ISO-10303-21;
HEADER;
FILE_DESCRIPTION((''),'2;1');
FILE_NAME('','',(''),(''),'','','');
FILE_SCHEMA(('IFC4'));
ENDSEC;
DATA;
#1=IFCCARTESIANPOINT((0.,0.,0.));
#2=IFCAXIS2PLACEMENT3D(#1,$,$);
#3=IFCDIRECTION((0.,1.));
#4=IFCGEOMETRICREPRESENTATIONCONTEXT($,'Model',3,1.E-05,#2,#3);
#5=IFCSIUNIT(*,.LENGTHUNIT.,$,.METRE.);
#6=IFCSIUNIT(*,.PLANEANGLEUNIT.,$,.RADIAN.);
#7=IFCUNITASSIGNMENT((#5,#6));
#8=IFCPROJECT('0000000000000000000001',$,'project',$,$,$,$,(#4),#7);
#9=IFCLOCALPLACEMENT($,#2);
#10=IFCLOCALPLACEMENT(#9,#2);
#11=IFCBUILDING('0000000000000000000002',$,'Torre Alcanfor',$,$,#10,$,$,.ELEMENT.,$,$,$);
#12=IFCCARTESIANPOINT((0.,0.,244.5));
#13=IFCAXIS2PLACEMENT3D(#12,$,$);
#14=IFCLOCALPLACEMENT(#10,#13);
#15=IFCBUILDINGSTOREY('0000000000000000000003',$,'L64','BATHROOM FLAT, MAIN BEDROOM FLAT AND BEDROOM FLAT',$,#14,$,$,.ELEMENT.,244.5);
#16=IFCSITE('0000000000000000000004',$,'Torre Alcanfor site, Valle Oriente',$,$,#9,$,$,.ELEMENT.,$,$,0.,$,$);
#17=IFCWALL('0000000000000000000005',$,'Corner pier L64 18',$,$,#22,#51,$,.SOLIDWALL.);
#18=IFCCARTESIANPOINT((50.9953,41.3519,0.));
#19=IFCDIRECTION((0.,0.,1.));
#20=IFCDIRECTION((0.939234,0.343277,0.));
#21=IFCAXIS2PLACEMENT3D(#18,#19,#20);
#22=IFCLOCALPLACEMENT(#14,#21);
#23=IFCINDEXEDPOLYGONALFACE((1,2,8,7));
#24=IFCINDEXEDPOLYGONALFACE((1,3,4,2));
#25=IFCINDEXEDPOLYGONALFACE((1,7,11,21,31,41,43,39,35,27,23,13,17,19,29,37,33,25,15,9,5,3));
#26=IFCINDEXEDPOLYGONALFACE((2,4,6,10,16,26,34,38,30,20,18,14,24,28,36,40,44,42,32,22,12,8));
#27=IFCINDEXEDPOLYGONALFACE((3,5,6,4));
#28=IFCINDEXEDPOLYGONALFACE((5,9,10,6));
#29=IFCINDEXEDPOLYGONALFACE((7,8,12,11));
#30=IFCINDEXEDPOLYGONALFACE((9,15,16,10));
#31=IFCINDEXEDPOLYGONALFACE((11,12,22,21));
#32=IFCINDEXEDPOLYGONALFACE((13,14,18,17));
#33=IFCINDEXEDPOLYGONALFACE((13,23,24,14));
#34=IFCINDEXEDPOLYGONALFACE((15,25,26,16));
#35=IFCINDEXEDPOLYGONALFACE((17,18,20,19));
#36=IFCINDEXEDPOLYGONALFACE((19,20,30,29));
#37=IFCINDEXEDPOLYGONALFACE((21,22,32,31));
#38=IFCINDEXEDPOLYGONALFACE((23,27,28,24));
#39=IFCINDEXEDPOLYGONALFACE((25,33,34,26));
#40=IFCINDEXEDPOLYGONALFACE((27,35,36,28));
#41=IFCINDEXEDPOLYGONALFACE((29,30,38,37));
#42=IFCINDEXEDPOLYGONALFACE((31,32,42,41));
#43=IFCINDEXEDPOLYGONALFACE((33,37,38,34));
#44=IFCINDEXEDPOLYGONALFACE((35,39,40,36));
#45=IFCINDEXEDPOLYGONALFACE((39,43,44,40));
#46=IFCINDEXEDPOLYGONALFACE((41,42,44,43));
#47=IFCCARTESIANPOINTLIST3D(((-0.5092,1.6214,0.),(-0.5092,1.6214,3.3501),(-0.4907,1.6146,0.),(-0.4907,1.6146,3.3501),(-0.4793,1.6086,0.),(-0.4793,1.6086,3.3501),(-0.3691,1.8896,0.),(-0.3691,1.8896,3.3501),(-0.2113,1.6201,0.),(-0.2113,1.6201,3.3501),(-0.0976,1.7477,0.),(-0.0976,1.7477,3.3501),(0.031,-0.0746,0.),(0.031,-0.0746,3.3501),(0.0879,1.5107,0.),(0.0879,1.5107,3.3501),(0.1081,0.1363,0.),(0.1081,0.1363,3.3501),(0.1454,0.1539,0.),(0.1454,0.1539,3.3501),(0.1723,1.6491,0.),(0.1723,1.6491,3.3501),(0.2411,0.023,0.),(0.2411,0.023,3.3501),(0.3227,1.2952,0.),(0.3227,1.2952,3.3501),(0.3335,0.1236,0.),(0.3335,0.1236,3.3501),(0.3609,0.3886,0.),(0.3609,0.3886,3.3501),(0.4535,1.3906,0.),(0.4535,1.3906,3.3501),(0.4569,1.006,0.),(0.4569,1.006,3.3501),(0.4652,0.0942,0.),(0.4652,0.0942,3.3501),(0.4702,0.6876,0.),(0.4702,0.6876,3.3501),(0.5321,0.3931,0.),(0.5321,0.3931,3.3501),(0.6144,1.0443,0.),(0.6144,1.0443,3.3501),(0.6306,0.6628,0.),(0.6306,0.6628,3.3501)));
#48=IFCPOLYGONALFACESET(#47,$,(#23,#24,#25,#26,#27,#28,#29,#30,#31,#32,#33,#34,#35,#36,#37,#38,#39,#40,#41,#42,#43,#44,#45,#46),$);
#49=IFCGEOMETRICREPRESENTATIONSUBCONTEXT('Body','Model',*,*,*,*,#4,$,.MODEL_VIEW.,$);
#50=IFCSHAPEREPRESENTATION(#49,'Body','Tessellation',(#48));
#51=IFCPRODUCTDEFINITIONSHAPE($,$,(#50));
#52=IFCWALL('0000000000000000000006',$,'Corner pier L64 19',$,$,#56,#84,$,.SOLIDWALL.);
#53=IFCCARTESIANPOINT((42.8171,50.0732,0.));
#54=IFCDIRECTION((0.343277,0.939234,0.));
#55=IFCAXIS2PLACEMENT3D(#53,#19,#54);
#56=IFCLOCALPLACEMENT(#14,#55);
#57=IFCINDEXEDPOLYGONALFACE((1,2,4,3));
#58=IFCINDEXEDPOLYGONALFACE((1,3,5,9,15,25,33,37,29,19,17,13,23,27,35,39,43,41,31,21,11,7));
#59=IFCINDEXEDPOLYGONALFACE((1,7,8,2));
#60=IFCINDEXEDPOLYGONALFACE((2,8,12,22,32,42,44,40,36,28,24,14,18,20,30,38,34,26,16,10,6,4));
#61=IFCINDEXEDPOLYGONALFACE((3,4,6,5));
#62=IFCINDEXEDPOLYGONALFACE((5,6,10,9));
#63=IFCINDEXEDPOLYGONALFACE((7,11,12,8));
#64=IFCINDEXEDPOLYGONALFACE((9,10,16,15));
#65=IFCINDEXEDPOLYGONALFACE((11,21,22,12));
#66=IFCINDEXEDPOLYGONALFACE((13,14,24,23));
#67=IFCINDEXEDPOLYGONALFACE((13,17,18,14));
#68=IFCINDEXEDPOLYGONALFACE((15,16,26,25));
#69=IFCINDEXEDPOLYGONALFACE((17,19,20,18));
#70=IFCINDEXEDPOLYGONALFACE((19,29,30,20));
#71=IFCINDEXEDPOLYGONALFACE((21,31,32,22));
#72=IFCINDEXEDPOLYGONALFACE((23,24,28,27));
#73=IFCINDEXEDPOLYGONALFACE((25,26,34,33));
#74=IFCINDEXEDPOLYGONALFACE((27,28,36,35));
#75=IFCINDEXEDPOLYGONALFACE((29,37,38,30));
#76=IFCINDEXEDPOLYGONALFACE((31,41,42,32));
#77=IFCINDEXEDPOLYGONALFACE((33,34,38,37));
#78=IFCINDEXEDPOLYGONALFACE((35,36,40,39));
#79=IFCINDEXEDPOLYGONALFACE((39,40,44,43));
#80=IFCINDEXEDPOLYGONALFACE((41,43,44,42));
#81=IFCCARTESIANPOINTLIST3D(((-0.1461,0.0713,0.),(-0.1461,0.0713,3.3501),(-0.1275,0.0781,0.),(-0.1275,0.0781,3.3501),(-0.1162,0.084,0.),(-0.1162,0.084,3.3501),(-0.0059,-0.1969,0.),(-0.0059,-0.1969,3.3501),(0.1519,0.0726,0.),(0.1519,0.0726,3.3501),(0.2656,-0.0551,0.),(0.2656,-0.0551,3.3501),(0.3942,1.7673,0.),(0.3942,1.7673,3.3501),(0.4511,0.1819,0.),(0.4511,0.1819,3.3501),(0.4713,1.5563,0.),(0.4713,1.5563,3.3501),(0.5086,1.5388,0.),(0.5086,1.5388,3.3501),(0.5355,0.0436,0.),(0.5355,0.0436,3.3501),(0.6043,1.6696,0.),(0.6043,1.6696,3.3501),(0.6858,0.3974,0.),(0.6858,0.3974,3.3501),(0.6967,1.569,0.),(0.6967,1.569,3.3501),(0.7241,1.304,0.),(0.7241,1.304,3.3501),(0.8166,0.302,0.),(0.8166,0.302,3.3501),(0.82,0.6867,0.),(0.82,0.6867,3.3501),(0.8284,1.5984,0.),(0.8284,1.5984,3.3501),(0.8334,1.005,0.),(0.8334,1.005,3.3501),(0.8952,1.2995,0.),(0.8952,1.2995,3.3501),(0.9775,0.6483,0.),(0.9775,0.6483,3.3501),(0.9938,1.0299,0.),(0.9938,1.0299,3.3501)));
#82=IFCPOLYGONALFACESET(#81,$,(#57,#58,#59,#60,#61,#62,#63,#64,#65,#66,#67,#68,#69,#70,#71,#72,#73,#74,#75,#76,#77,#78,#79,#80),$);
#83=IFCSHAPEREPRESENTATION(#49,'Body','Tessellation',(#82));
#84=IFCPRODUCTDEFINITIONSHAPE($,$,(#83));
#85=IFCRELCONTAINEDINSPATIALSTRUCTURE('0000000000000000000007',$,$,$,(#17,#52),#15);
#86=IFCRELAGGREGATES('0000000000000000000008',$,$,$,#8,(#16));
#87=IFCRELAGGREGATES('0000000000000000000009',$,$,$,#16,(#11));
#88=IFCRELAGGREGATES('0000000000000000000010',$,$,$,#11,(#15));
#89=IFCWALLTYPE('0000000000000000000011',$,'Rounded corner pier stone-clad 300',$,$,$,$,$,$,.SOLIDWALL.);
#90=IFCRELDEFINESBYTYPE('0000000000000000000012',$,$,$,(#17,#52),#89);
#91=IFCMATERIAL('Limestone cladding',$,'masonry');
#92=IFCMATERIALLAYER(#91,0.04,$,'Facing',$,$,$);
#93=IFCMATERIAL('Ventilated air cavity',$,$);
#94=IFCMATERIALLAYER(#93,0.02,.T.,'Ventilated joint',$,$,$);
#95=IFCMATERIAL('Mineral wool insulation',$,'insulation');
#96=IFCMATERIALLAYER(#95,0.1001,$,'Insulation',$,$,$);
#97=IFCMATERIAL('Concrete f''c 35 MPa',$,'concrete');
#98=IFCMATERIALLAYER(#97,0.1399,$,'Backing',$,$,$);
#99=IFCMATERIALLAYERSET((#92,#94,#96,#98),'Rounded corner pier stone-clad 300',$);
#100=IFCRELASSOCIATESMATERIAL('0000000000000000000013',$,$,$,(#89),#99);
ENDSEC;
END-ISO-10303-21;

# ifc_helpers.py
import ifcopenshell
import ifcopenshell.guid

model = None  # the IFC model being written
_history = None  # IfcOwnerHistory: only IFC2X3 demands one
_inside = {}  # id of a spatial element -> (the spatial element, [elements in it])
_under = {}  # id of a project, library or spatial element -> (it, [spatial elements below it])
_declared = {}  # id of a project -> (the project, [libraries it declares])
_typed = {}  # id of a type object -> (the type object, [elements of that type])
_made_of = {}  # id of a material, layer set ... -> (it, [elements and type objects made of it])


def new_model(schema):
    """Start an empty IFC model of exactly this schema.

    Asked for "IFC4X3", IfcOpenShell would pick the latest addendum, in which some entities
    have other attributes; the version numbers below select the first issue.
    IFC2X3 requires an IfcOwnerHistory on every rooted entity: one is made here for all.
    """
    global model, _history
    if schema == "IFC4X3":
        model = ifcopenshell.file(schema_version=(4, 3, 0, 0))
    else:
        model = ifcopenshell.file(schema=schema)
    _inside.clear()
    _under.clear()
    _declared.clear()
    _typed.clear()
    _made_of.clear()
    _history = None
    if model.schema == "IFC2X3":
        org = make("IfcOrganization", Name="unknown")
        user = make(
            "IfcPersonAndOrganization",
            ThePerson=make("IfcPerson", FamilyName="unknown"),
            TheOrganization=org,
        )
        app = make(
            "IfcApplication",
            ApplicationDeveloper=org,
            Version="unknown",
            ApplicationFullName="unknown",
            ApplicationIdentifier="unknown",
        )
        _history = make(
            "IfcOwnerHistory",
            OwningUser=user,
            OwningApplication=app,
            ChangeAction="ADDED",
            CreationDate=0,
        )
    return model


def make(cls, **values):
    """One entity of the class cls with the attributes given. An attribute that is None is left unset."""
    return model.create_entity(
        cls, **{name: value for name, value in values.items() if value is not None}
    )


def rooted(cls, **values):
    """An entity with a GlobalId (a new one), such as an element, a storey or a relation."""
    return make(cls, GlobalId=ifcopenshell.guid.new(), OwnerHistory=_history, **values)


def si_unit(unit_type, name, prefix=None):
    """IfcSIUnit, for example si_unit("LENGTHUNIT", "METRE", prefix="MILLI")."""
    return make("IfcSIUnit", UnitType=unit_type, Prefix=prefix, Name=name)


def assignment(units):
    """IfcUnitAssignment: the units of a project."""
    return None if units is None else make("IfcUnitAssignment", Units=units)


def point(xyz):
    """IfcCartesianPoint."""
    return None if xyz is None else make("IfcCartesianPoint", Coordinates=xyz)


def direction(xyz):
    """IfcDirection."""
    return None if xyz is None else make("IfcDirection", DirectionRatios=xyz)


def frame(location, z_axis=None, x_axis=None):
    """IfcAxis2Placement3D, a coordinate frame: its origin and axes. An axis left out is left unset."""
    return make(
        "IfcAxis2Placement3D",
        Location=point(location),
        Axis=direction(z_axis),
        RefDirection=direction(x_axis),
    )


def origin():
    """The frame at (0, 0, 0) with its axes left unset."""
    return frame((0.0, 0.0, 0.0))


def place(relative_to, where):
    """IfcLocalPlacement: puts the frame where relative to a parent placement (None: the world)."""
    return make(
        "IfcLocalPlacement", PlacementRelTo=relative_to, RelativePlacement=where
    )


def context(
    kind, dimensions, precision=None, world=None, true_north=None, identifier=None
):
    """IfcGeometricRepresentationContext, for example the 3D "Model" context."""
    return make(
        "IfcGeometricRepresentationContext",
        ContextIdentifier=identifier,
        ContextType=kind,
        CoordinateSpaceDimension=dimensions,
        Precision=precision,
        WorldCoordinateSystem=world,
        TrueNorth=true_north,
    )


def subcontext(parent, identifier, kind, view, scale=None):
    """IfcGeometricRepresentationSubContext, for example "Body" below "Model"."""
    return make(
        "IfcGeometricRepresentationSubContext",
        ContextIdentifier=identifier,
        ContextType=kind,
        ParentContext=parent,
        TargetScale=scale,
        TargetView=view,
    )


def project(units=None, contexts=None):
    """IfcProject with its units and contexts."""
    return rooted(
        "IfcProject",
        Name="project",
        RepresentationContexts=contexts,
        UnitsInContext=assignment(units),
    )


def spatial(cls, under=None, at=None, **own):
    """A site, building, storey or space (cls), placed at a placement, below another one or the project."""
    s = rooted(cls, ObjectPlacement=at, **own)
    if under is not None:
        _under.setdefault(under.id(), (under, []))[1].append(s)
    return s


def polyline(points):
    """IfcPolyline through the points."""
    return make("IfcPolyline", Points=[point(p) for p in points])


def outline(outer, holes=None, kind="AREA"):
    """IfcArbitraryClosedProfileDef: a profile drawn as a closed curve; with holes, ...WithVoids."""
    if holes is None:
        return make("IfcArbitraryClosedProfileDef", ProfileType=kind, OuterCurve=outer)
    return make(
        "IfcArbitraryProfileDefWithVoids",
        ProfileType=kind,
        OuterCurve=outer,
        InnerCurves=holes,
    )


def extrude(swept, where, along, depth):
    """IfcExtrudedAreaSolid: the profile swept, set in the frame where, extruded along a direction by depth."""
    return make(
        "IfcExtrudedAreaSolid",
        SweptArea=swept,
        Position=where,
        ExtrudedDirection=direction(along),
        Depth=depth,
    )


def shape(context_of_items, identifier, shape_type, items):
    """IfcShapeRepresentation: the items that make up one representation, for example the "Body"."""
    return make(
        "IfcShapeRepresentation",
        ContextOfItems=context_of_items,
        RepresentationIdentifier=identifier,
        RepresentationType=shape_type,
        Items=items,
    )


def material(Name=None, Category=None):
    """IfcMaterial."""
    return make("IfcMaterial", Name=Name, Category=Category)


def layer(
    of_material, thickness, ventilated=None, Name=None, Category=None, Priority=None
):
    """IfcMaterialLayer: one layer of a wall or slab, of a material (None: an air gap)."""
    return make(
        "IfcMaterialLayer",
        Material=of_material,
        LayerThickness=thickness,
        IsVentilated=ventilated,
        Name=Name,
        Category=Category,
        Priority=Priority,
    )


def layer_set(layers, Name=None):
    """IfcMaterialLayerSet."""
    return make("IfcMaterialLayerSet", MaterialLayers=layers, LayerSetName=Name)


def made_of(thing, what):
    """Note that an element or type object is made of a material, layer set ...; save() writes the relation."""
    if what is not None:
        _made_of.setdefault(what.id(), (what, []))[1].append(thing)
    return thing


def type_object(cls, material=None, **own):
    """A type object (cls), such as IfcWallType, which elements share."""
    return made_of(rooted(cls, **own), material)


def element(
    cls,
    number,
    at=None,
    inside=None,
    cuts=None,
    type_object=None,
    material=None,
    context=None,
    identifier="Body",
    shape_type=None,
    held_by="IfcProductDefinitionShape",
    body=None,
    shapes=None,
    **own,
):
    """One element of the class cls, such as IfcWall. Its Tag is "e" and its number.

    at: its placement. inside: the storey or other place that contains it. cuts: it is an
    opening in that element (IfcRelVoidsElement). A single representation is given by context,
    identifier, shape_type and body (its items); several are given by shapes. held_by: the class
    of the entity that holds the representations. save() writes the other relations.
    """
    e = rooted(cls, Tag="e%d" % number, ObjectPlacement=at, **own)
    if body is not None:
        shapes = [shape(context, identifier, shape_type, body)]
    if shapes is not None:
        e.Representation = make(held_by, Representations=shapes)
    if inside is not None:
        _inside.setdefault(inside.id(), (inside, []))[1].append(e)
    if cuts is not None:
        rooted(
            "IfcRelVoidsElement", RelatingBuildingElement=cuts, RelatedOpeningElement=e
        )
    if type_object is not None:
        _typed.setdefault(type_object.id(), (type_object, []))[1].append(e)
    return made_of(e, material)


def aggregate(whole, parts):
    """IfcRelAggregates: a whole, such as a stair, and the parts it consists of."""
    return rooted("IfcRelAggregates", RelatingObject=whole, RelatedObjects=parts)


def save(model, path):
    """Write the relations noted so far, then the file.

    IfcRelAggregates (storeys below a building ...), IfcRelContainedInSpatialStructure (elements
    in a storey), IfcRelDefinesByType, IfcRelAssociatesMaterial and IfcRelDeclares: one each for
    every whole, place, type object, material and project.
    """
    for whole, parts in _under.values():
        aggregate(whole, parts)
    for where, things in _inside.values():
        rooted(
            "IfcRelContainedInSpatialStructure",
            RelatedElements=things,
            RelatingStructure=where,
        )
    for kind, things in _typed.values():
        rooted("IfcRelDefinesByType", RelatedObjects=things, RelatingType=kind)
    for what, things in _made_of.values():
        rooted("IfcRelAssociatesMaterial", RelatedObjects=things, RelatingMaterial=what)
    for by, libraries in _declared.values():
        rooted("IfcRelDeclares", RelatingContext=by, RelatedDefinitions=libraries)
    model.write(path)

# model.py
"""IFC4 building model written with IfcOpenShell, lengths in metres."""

from ifc_helpers import new_model, si_unit, direction, frame, origin, place, context, subcontext, project, spatial, polyline, outline, extrude, material, layer, layer_set, type_object, element, save


model = new_model("IFC4")

# Units and contexts
model_context = context("Model", 3, precision=1e-05, world=origin(), true_north=direction((0.0, 1.0)))
body_context = subcontext(model_context, "Body", "Model", "MODEL_VIEW")
ifc_project = project(units=[si_unit("LENGTHUNIT", "METRE"), si_unit("PLANEANGLEUNIT", "RADIAN")], contexts=[model_context])

# Site, building, storey
site_placement = place(None, origin())
site = spatial("IfcSite", under=ifc_project, at=site_placement, Name="Torre Alcanfor site, Valle Oriente", CompositionType="ELEMENT", RefElevation=0.0)
building_placement = place(site_placement, origin())
building = spatial("IfcBuilding", under=site, at=building_placement, Name="Torre Alcanfor", CompositionType="ELEMENT")
storey_placement = place(building_placement, frame((0.0, 0.0, 244.5)))
storey = spatial("IfcBuildingStorey", under=building, at=storey_placement, Name="L64", Description="BATHROOM FLAT, MAIN BEDROOM FLAT AND BEDROOM FLAT", CompositionType="ELEMENT", Elevation=244.5)

# Shared definitions
ifc_material_1 = material(Name="Limestone cladding", Category="masonry")
ifc_material_2 = material(Name="Ventilated air cavity")
ifc_material_3 = material(Name="Mineral wool insulation", Category="insulation")
ifc_material_4 = material(Name="Concrete f'c 35 MPa", Category="concrete")

# Walls
ifc_layer_1 = layer(ifc_material_1, 0.04, Name="Facing")
ifc_layer_2 = layer(ifc_material_2, 0.02, ventilated=True, Name="Ventilated joint")
ifc_layer_3 = layer(ifc_material_3, 0.1001, Name="Insulation")
ifc_layer_4 = layer(ifc_material_4, 0.1399, Name="Backing")
ifc_layer_set_1 = layer_set([ifc_layer_1, ifc_layer_2, ifc_layer_3, ifc_layer_4], Name="Rounded corner pier stone-clad 300")
wall_type_1 = type_object("IfcWallType", Name="Rounded corner pier stone-clad 300", PredefinedType="SOLIDWALL", material=ifc_layer_set_1)
wall_1_placement = place(storey_placement, frame((50.9953, 41.3519, 0.0), z_axis=(0.0, 0.0, 1.0), x_axis=(0.939234, 0.343277, 0.0)))
element("IfcWall", 1, at=wall_1_placement, inside=storey, type_object=wall_type_1, Name="Corner pier L64 18", PredefinedType="SOLIDWALL", context=body_context, shape_type="SweptSolid", body=[
    extrude(outline(polyline([(0.5321, 0.3931), (0.6306, 0.6628), (0.6144, 1.0443), (0.4535, 1.3906), (0.1723, 1.6491), (-0.0976, 1.7477), (-0.3691, 1.8896), (-0.5092, 1.6214), (-0.4907, 1.6146), (-0.4793, 1.6086), (-0.2113, 1.6201), (0.0879, 1.5107), (0.3227, 1.2952), (0.4569, 1.006), (0.4702, 0.6876), (0.3609, 0.3886), (0.1454, 0.1539), (0.1081, 0.1363), (0.031, -0.0746), (0.2411, 0.023), (0.3335, 0.1236), (0.4652, 0.0942), (0.5321, 0.3931)])), origin(), (0.0, 0.0, 1.0), 3.3501),
])
wall_2_placement = place(storey_placement, frame((42.8171, 50.0732, 0.0), z_axis=(0.0, 0.0, 1.0), x_axis=(0.343277, 0.939234, 0.0)))
element("IfcWall", 2, at=wall_2_placement, inside=storey, type_object=wall_type_1, Name="Corner pier L64 19", PredefinedType="SOLIDWALL", context=body_context, shape_type="SweptSolid", body=[
    extrude(outline(polyline([(0.2656, -0.0551), (0.5355, 0.0436), (0.8166, 0.302), (0.9775, 0.6483), (0.9938, 1.0299), (0.8952, 1.2995), (0.8284, 1.5984), (0.6967, 1.569), (0.6043, 1.6696), (0.3942, 1.7673), (0.4713, 1.5563), (0.5086, 1.5388), (0.7241, 1.304), (0.8334, 1.005), (0.82, 0.6867), (0.6858, 0.3974), (0.4511, 0.1819), (0.1519, 0.0726), (-0.1162, 0.084), (-0.1275, 0.0781), (-0.1461, 0.0713), (-0.0059, -0.1969), (0.2656, -0.0551)])), origin(), (0.0, 0.0, 1.0), 3.3501),
])

save(model, "model.ifc")
